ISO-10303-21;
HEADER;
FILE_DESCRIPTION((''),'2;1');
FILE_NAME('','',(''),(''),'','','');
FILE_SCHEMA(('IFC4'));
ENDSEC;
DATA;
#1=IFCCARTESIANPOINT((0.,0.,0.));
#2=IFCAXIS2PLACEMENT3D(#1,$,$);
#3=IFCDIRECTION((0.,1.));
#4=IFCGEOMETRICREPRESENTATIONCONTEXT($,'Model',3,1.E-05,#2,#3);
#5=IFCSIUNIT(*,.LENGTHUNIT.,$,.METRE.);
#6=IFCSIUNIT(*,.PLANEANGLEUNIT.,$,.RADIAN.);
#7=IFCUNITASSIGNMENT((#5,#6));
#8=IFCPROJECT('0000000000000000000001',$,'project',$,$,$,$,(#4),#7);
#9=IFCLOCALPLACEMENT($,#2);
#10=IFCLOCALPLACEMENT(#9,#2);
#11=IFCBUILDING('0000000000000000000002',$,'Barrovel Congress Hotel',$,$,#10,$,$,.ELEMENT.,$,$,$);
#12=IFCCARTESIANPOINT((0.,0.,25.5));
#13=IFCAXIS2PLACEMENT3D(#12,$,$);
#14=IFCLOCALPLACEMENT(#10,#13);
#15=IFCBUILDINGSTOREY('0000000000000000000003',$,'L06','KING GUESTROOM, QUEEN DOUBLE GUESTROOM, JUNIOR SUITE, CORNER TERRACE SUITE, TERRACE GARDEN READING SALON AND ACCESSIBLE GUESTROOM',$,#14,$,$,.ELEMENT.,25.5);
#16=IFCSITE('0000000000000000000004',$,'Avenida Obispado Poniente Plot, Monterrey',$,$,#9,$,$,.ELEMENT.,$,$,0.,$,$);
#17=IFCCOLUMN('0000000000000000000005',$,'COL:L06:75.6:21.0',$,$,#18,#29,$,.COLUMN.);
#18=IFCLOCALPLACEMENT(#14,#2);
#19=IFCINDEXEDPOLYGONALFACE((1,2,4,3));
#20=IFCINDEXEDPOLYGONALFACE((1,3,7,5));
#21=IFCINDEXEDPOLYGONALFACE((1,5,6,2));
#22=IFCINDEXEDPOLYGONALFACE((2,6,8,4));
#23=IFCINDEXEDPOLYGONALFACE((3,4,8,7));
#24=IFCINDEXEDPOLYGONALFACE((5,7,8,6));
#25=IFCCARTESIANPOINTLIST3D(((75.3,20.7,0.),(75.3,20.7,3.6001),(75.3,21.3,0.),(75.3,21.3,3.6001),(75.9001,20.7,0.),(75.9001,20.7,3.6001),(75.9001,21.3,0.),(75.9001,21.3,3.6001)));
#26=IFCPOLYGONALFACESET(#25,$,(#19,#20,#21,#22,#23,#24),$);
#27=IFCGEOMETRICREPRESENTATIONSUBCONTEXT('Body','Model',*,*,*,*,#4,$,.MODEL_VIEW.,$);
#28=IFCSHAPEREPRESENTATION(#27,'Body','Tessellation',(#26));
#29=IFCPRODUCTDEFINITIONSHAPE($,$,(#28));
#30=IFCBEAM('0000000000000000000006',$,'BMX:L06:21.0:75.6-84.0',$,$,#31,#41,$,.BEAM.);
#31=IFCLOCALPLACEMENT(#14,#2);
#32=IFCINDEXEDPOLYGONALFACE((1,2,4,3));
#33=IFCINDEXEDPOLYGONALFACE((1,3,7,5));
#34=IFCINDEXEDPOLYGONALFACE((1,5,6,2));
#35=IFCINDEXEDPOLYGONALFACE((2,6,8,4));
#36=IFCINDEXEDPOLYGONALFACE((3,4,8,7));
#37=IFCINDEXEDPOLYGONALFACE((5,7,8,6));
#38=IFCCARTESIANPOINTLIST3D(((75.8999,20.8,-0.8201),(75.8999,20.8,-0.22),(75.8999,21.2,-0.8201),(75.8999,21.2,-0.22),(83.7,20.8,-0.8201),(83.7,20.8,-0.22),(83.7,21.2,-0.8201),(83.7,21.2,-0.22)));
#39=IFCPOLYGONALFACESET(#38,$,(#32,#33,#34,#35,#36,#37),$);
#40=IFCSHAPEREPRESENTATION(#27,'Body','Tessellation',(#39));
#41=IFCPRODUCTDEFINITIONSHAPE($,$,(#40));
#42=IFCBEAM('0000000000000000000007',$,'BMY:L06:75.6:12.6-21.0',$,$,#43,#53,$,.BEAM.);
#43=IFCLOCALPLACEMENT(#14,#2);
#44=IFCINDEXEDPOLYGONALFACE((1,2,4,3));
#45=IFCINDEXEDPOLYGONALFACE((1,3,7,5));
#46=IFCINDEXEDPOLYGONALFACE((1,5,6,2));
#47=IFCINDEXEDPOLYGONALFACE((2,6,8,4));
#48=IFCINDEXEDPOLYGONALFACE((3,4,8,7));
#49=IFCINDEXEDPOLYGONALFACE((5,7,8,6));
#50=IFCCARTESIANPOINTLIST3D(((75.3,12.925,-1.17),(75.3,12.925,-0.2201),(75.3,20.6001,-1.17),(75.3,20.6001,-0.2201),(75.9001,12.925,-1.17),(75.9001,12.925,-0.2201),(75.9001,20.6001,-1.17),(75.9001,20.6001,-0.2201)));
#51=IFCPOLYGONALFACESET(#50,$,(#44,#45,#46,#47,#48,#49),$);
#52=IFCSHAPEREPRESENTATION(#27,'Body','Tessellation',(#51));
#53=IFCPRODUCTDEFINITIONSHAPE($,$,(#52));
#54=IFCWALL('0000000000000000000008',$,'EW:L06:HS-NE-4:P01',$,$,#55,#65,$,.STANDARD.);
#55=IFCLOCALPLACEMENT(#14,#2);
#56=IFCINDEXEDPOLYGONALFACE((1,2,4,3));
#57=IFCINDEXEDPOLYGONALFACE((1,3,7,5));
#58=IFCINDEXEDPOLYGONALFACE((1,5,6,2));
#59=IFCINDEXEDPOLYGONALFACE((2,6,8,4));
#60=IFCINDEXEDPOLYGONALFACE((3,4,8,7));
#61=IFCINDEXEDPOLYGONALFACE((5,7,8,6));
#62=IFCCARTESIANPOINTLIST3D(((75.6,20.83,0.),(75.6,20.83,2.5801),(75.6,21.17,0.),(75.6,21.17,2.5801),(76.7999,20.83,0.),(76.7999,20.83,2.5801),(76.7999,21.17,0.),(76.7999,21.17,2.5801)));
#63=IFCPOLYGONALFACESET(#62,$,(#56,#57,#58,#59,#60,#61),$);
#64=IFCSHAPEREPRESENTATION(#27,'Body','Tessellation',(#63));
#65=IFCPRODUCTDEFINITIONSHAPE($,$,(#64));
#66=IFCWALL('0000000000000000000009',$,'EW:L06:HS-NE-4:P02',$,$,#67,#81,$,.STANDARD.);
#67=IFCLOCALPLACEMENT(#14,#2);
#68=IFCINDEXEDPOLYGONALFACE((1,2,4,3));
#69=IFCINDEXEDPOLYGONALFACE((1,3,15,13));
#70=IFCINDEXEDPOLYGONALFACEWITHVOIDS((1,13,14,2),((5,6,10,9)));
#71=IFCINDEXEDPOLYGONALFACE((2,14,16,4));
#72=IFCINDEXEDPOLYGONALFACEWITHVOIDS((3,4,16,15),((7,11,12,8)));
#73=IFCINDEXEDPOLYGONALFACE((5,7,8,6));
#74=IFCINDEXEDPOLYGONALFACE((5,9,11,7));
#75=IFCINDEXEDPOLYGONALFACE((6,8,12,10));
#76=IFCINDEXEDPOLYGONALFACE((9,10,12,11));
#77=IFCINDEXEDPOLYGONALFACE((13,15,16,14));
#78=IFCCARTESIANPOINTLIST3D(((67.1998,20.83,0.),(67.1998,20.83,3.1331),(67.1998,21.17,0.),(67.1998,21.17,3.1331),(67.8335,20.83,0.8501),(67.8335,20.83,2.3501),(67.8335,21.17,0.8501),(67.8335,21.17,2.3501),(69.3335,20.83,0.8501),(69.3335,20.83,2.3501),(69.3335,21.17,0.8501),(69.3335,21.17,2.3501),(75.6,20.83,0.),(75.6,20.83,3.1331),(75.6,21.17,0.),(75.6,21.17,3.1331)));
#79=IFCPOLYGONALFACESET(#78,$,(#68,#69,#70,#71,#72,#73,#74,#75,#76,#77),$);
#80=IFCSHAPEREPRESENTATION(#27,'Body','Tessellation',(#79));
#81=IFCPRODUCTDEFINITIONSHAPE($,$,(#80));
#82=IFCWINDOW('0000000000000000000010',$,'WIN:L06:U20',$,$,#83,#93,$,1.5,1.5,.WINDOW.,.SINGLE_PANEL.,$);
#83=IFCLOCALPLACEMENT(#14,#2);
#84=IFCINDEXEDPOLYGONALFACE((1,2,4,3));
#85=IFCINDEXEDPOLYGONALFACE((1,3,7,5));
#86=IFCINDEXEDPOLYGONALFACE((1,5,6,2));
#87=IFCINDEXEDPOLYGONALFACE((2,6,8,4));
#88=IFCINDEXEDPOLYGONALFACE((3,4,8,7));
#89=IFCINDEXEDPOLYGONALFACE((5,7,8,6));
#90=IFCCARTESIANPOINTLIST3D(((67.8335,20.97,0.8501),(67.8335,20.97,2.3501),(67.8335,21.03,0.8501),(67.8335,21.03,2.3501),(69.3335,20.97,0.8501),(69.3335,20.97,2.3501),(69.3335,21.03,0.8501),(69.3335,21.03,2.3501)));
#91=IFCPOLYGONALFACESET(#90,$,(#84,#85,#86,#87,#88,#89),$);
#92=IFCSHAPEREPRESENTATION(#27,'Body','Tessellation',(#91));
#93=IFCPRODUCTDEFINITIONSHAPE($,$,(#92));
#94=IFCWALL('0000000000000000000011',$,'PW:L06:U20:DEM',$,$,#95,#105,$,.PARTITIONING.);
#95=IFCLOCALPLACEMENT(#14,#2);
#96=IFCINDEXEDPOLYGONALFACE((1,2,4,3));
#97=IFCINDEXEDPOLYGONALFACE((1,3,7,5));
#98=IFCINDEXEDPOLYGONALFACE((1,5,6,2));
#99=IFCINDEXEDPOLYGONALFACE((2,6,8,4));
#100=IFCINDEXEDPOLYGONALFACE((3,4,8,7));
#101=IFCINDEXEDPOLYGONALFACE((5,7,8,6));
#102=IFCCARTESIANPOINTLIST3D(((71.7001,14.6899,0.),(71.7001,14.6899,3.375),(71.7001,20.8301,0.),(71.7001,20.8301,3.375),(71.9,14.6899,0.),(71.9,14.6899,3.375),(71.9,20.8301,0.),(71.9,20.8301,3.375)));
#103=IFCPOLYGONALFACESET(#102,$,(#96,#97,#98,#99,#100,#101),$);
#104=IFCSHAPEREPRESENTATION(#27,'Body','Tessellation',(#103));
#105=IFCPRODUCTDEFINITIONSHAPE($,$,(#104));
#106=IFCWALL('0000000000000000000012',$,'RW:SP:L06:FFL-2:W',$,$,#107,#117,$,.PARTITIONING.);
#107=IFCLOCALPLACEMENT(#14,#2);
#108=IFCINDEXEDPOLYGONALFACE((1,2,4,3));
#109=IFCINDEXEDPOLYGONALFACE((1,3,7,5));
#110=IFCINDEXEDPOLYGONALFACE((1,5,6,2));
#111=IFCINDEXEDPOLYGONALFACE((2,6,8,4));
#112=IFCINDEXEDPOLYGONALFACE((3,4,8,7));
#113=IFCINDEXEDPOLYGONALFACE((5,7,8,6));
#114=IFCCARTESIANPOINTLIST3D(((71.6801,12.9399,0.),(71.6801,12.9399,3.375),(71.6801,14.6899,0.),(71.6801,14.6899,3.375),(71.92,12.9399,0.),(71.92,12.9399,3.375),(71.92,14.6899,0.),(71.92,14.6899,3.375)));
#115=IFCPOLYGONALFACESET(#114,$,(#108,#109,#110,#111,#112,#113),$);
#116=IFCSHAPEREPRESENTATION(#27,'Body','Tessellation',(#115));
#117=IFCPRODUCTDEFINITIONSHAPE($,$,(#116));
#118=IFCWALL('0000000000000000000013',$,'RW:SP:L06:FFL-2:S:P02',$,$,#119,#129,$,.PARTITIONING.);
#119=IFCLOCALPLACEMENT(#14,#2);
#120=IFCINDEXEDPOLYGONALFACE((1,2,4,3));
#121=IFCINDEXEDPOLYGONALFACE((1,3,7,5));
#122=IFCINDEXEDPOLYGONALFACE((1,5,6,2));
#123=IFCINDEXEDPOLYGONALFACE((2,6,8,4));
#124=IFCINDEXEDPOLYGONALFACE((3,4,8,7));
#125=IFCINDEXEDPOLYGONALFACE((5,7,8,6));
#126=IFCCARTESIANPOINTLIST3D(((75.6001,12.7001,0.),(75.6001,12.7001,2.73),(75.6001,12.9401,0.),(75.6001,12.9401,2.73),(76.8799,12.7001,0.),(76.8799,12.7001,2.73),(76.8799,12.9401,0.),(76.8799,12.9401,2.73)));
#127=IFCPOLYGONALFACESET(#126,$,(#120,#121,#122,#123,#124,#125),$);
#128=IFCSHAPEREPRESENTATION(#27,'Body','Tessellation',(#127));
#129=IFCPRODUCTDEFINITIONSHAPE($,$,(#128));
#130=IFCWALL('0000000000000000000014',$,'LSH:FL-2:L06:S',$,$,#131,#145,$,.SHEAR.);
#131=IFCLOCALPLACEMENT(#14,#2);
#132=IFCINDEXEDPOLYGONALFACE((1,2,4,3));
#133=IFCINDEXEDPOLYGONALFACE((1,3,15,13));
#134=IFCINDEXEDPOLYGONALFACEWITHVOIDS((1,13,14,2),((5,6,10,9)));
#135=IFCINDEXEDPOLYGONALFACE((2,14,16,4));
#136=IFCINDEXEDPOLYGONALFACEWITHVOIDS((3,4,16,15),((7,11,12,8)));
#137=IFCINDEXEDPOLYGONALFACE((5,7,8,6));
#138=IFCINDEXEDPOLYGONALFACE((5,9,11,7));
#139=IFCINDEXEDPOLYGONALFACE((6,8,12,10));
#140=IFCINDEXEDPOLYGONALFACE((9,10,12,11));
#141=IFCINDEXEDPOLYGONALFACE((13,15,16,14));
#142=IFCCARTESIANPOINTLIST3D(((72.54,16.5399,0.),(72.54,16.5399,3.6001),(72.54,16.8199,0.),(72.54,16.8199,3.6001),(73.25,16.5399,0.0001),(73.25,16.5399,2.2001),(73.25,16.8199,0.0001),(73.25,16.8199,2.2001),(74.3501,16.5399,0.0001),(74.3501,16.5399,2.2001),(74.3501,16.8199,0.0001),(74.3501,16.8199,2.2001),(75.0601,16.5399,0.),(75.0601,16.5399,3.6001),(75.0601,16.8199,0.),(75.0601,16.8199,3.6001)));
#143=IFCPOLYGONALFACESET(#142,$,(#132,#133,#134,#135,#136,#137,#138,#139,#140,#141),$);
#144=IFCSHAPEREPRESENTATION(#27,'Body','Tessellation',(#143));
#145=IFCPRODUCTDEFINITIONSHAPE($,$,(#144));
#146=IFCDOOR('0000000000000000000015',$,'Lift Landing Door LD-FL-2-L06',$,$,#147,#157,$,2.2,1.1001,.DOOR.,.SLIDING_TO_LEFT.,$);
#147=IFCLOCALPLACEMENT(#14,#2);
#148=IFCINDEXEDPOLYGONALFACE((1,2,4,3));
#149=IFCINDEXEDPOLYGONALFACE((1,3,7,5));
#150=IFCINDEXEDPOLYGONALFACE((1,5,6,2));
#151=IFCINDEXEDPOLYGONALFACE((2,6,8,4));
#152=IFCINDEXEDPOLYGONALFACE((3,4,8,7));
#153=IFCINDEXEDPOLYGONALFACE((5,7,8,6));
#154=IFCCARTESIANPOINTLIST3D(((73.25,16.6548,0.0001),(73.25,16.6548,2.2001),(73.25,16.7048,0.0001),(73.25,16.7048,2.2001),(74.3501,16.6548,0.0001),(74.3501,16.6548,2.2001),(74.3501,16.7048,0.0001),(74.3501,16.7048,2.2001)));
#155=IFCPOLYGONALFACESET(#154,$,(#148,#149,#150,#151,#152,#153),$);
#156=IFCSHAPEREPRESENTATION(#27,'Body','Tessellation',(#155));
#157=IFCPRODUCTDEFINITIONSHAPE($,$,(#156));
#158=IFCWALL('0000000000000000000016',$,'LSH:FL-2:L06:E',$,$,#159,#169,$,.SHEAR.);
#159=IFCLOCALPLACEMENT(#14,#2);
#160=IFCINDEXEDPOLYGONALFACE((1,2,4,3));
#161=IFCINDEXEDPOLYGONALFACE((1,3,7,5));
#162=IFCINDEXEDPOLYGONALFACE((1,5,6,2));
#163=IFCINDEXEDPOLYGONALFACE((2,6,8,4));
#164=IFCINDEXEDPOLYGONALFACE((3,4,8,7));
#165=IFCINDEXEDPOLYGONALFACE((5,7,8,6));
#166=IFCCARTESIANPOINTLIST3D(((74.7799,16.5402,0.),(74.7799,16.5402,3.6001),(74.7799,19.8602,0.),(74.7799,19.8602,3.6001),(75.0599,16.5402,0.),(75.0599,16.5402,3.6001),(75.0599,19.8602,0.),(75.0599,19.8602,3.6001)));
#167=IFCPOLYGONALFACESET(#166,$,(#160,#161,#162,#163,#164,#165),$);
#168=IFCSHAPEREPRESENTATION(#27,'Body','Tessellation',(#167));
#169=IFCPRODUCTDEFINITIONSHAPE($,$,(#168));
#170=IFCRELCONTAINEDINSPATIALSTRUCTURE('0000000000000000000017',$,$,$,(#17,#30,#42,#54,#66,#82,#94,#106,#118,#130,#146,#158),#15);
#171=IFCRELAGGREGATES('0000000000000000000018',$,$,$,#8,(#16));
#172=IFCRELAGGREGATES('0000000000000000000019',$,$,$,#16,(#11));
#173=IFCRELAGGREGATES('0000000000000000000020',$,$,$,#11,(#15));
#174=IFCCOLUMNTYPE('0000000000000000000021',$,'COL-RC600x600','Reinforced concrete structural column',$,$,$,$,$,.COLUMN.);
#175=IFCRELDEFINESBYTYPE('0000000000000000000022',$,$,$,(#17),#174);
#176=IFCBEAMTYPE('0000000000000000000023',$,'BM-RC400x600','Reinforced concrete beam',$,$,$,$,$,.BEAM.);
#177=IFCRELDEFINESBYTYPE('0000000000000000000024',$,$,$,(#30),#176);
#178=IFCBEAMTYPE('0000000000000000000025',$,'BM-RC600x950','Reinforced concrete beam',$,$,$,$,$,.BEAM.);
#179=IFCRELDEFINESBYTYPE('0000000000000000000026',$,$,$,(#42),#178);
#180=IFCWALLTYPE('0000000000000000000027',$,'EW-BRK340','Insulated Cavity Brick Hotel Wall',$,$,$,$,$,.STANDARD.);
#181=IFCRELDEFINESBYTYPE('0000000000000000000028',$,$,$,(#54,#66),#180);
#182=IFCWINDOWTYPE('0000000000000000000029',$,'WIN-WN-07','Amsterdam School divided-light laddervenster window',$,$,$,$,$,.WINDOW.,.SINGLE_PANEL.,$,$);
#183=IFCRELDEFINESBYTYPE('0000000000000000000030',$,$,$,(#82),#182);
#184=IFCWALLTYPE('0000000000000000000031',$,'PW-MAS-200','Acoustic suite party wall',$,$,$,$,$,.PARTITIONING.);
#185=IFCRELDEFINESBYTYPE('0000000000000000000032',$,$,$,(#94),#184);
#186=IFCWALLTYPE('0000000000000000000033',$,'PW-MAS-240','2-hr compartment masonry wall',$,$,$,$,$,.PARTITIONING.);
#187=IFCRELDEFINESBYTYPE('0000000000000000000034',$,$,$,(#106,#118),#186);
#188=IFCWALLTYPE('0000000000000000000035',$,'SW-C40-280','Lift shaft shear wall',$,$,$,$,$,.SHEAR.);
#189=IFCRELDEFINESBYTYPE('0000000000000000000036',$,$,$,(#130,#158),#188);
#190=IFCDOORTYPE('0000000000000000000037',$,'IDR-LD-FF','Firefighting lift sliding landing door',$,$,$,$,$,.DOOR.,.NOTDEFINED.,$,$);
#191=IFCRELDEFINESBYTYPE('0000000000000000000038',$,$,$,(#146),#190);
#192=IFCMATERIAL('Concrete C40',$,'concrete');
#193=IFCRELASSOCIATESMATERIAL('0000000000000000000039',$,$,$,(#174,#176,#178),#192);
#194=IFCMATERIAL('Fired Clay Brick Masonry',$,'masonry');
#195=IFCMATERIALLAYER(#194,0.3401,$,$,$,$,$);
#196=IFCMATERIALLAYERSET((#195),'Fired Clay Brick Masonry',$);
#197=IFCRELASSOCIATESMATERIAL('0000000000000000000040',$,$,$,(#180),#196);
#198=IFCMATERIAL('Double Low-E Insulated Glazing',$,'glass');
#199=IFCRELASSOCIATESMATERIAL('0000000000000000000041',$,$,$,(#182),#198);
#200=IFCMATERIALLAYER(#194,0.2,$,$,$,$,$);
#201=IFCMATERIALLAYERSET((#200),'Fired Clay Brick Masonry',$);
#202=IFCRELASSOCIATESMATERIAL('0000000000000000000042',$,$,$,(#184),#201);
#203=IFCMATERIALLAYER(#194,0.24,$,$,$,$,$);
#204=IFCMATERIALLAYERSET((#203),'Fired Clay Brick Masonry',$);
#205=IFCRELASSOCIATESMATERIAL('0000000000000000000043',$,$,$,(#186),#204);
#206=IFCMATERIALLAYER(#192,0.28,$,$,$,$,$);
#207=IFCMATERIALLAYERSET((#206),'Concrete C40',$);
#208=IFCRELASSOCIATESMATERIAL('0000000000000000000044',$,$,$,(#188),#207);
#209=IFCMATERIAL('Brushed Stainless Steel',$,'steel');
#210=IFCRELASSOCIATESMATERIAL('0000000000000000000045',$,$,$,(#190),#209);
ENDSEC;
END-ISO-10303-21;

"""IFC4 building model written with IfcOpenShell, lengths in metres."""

from ifc_helpers import new_model, si_unit, direction, frame, frame_2d, origin, origin_2d, place, context, subcontext, project, spatial, rectangle, extrude, material, layer, layer_set, material_profile, profile_set, type_object, element, fill, save


model = new_model("IFC4")

# Units and contexts
model_context = context("Model", 3, precision=1e-05, world=origin(), true_north=direction((0.0, 1.0)))
body_context = subcontext(model_context, "Body", "Model", "MODEL_VIEW")
ifc_project = project(units=[si_unit("LENGTHUNIT", "METRE"), si_unit("PLANEANGLEUNIT", "RADIAN")], contexts=[model_context])

# Site, building, storey
site_placement = place(None, origin())
site = spatial("IfcSite", under=ifc_project, at=site_placement, Name="Avenida Obispado Poniente Plot, Monterrey", CompositionType="ELEMENT", RefElevation=0.0)
building_placement = place(site_placement, origin())
building = spatial("IfcBuilding", under=site, at=building_placement, Name="Barrovel Congress Hotel", CompositionType="ELEMENT")
storey_placement = place(building_placement, frame((0.0, 0.0, 25.5)))
storey = spatial("IfcBuildingStorey", under=building, at=storey_placement, Name="L06", Description="KING GUESTROOM, QUEEN DOUBLE GUESTROOM, JUNIOR SUITE, CORNER TERRACE SUITE, TERRACE GARDEN READING SALON AND ACCESSIBLE GUESTROOM", CompositionType="ELEMENT", Elevation=25.5)

# Column
ifc_material_1 = material(Name="Concrete C40", Category="concrete")
ifc_material_profile_1 = material_profile(ifc_material_1, rectangle(XDim=0.6001, YDim=0.6001, at=origin_2d()), Name="RC600x600")
ifc_profile_set_1 = profile_set([ifc_material_profile_1], Name="Concrete C40")
column_type = type_object("IfcColumnType", Name="COL-RC600x600", Description="Reinforced concrete structural column", PredefinedType="COLUMN", material=ifc_profile_set_1)
column_placement = place(storey_placement, frame((75.6001, 21.0, 0.0), z_axis=(0.0, 0.0, 1.0), x_axis=(1.0, 0.0, 0.0)))
element("IfcColumn", 1, at=column_placement, inside=storey, type_object=column_type, Name="COL:L06:75.6:21.0", PredefinedType="COLUMN", context=body_context, shape_type="SweptSolid", body=[
    extrude(rectangle(XDim=0.6001, YDim=0.6001, at=origin_2d()), origin(), (0.0, 0.0, 1.0), 3.6001),
])

# Beams
ifc_material_profile_2 = material_profile(ifc_material_1, rectangle(XDim=0.3999, YDim=0.6001, at=origin_2d()), Name="RC400x600")
ifc_profile_set_2 = profile_set([ifc_material_profile_2], Name="Concrete C40")
beam_type_1 = type_object("IfcBeamType", Name="BM-RC400x600", Description="Reinforced concrete beam", PredefinedType="BEAM", material=ifc_profile_set_2)
beam_1_placement = place(storey_placement, frame((75.8999, 21.0, -0.52), z_axis=(1.0, 0.0, 0.0), x_axis=(0.0, 1.0, 0.0)))
element("IfcBeam", 2, at=beam_1_placement, inside=storey, type_object=beam_type_1, Name="BMX:L06:21.0:75.6-84.0", PredefinedType="BEAM", context=body_context, shape_type="SweptSolid", body=[
    extrude(rectangle(XDim=0.3999, YDim=0.6001, at=origin_2d()), origin(), (0.0, 0.0, 1.0), 7.8),
])
ifc_material_profile_3 = material_profile(ifc_material_1, rectangle(XDim=0.6001, YDim=0.95, at=origin_2d()), Name="RC600x950")
ifc_profile_set_3 = profile_set([ifc_material_profile_3], Name="Concrete C40")
beam_type_2 = type_object("IfcBeamType", Name="BM-RC600x950", Description="Reinforced concrete beam", PredefinedType="BEAM", material=ifc_profile_set_3)
beam_2_placement = place(storey_placement, frame((75.6001, 12.925, -0.6951), z_axis=(0.0, 1.0, 0.0), x_axis=(-1.0, 0.0, 0.0)))
element("IfcBeam", 3, at=beam_2_placement, inside=storey, type_object=beam_type_2, Name="BMY:L06:75.6:12.6-21.0", PredefinedType="BEAM", context=body_context, shape_type="SweptSolid", body=[
    extrude(rectangle(XDim=0.6001, YDim=0.95, at=origin_2d()), origin(), (0.0, 0.0, 1.0), 7.675),
])

# Wall
ifc_material_2 = material(Name="Fired Clay Brick Masonry", Category="masonry")
ifc_layer_1 = layer(ifc_material_2, 0.3401)
ifc_layer_set_1 = layer_set([ifc_layer_1], Name="Fired Clay Brick Masonry")
wall_type_1 = type_object("IfcWallType", Name="EW-BRK340", Description="Insulated Cavity Brick Hotel Wall", PredefinedType="STANDARD", material=ifc_layer_set_1)
wall_1_placement = place(storey_placement, frame((76.8, 21.0, 0.0), z_axis=(0.0, 0.0, 1.0), x_axis=(-1.0, 0.0, 0.0)))
element("IfcWall", 4, at=wall_1_placement, inside=storey, type_object=wall_type_1, Name="EW:L06:HS-NE-4:P01", PredefinedType="STANDARD", context=body_context, shape_type="SweptSolid", body=[
    extrude(rectangle(XDim=1.2, YDim=0.3401, at=frame_2d((0.6001, 0.0))), origin(), (0.0, 0.0, 1.0), 2.5801),
])

# Wall, opening, window
wall_2_placement = place(storey_placement, frame((75.6001, 21.0, 0.0), z_axis=(0.0, 0.0, 1.0), x_axis=(-1.0, 0.0, 0.0)))
wall_2 = element("IfcWall", 5, at=wall_2_placement, inside=storey, type_object=wall_type_1, Name="EW:L06:HS-NE-4:P02", PredefinedType="STANDARD", context=body_context, shape_type="SweptSolid", body=[
    extrude(rectangle(XDim=8.4001, YDim=0.3401, at=frame_2d((4.2002, 0.0))), origin(), (0.0, 0.0, 1.0), 3.1331),
])
opening_1_placement = place(wall_2_placement, frame((6.2666, 0.0, 0.8501)))
opening_1 = element("IfcOpeningElement", 6, at=opening_1_placement, cuts=wall_2, PredefinedType="OPENING", context=body_context, shape_type="SweptSolid", body=[
    extrude(rectangle(XDim=1.5, YDim=1.5, at=frame_2d((0.75, 0.75))), frame((0.0, 0.1802, 0.0), z_axis=(0.0, -1.0, 0.0), x_axis=(1.0, 0.0, 0.0)), (0.0, 0.0, 1.0), 0.3601),
])
ifc_material_3 = material(Name="Double Low-E Insulated Glazing", Category="glass")
window_type = type_object("IfcWindowType", Name="WIN-WN-07", Description="Amsterdam School divided-light laddervenster window", PartitioningType="SINGLE_PANEL", PredefinedType="WINDOW", material=ifc_material_3)
window_placement = place(opening_1_placement, origin())
window = element("IfcWindow", 7, at=window_placement, inside=storey, type_object=window_type, Name="WIN:L06:U20", OverallHeight=1.5, OverallWidth=1.5, PartitioningType="SINGLE_PANEL", PredefinedType="WINDOW", context=body_context, shape_type="SweptSolid", body=[
    extrude(rectangle(XDim=1.5, YDim=1.5, at=frame_2d((0.75, 0.75))), frame((0.0, 0.03, 0.0), z_axis=(0.0, -1.0, 0.0), x_axis=(1.0, 0.0, 0.0)), (0.0, 0.0, 1.0), 0.0601),
])
fill(opening_1, window)

# Wall
ifc_layer_2 = layer(ifc_material_2, 0.2)
ifc_layer_set_2 = layer_set([ifc_layer_2], Name="Fired Clay Brick Masonry")
wall_type_2 = type_object("IfcWallType", Name="PW-MAS-200", Description="Acoustic suite party wall", PredefinedType="PARTITIONING", material=ifc_layer_set_2)
wall_3_placement = place(storey_placement, frame((71.8, 14.6899, 0.0), z_axis=(0.0, 0.0, 1.0), x_axis=(0.0, 1.0, 0.0)))
element("IfcWall", 8, at=wall_3_placement, inside=storey, type_object=wall_type_2, Name="PW:L06:U20:DEM", PredefinedType="PARTITIONING", context=body_context, shape_type="SweptSolid", body=[
    extrude(rectangle(XDim=6.1401, YDim=0.2, at=frame_2d((3.0701, 0.0))), origin(), (0.0, 0.0, 1.0), 3.375),
])

# Shared definitions
ifc_layer_3 = layer(ifc_material_2, 0.24)
ifc_layer_set_3 = layer_set([ifc_layer_3], Name="Fired Clay Brick Masonry")
wall_type_3 = type_object("IfcWallType", Name="PW-MAS-240", Description="2-hr compartment masonry wall", PredefinedType="PARTITIONING", material=ifc_layer_set_3)

# Walls
wall_4_placement = place(storey_placement, frame((71.8, 12.9399, 0.0), z_axis=(0.0, 0.0, 1.0), x_axis=(0.0, 1.0, 0.0)))
element("IfcWall", 9, at=wall_4_placement, inside=storey, type_object=wall_type_3, Name="RW:SP:L06:FFL-2:W", PredefinedType="PARTITIONING", context=body_context, shape_type="SweptSolid", body=[
    extrude(rectangle(XDim=1.75, YDim=0.24, at=frame_2d((0.875, 0.0))), origin(), (0.0, 0.0, 1.0), 3.375),
])
wall_5_placement = place(storey_placement, frame((75.6001, 12.8201, 0.0), z_axis=(0.0, 0.0, 1.0), x_axis=(1.0, 0.0, 0.0)))
element("IfcWall", 10, at=wall_5_placement, inside=storey, type_object=wall_type_3, Name="RW:SP:L06:FFL-2:S:P02", PredefinedType="PARTITIONING", context=body_context, shape_type="SweptSolid", body=[
    extrude(rectangle(XDim=1.2798, YDim=0.24, at=frame_2d((0.6399, 0.0))), origin(), (0.0, 0.0, 1.0), 2.73),
])

# Wall, opening, door
ifc_layer_4 = layer(ifc_material_1, 0.28)
ifc_layer_set_4 = layer_set([ifc_layer_4], Name="Concrete C40")
wall_type_4 = type_object("IfcWallType", Name="SW-C40-280", Description="Lift shaft shear wall", PredefinedType="SHEAR", material=ifc_layer_set_4)
wall_6_placement = place(storey_placement, frame((72.54, 16.6799, 0.0), z_axis=(0.0, 0.0, 1.0), x_axis=(1.0, 0.0, 0.0)))
wall_6 = element("IfcWall", 11, at=wall_6_placement, inside=storey, type_object=wall_type_4, Name="LSH:FL-2:L06:S", PredefinedType="SHEAR", context=body_context, shape_type="SweptSolid", body=[
    extrude(rectangle(XDim=2.52, YDim=0.28, at=frame_2d((1.26, 0.0))), origin(), (0.0, 0.0, 1.0), 3.6001),
])
opening_2_placement = place(wall_6_placement, frame((0.71, 0.0, 0.0)))
opening_2 = element("IfcOpeningElement", 12, at=opening_2_placement, cuts=wall_6, PredefinedType="OPENING", context=body_context, shape_type="SweptSolid", body=[
    extrude(rectangle(XDim=1.1001, YDim=2.2, at=frame_2d((0.55, 1.1001))), frame((0.0, 0.1499, 0.0), z_axis=(0.0, -1.0, 0.0), x_axis=(1.0, 0.0, 0.0)), (0.0, 0.0, 1.0), 0.3),
])
ifc_material_4 = material(Name="Brushed Stainless Steel", Category="steel")
door_type_1 = type_object("IfcDoorType", Name="IDR-LD-FF", Description="Firefighting lift sliding landing door", OperationType="NOTDEFINED", PredefinedType="DOOR", material=ifc_material_4)
door_1_placement = place(opening_2_placement, origin())
door_1 = element("IfcDoor", 13, at=door_1_placement, inside=storey, type_object=door_type_1, Name="Lift Landing Door LD-FL-2-L06", OperationType="SLIDING_TO_LEFT", OverallHeight=2.2, OverallWidth=1.1001, PredefinedType="DOOR", context=body_context, shape_type="SweptSolid", body=[
    extrude(rectangle(XDim=1.1001, YDim=2.2, at=frame_2d((0.55, 1.1001))), frame((0.0, 0.0249, 0.0), z_axis=(0.0, -1.0, 0.0), x_axis=(1.0, 0.0, 0.0)), (0.0, 0.0, 1.0), 0.05),
])
fill(opening_2, door_1)

# Wall
wall_7_placement = place(storey_placement, frame((74.9199, 16.54, 0.0), z_axis=(0.0, 0.0, 1.0), x_axis=(0.0, 1.0, 0.0)))
element("IfcWall", 14, at=wall_7_placement, inside=storey, type_object=wall_type_4, Name="LSH:FL-2:L06:E", PredefinedType="SHEAR", context=body_context, shape_type="SweptSolid", body=[
    extrude(rectangle(XDim=3.3201, YDim=0.28, at=frame_2d((1.6602, 0.0))), origin(), (0.0, 0.0, 1.0), 3.6001),
])

save(model, "model.ifc")
